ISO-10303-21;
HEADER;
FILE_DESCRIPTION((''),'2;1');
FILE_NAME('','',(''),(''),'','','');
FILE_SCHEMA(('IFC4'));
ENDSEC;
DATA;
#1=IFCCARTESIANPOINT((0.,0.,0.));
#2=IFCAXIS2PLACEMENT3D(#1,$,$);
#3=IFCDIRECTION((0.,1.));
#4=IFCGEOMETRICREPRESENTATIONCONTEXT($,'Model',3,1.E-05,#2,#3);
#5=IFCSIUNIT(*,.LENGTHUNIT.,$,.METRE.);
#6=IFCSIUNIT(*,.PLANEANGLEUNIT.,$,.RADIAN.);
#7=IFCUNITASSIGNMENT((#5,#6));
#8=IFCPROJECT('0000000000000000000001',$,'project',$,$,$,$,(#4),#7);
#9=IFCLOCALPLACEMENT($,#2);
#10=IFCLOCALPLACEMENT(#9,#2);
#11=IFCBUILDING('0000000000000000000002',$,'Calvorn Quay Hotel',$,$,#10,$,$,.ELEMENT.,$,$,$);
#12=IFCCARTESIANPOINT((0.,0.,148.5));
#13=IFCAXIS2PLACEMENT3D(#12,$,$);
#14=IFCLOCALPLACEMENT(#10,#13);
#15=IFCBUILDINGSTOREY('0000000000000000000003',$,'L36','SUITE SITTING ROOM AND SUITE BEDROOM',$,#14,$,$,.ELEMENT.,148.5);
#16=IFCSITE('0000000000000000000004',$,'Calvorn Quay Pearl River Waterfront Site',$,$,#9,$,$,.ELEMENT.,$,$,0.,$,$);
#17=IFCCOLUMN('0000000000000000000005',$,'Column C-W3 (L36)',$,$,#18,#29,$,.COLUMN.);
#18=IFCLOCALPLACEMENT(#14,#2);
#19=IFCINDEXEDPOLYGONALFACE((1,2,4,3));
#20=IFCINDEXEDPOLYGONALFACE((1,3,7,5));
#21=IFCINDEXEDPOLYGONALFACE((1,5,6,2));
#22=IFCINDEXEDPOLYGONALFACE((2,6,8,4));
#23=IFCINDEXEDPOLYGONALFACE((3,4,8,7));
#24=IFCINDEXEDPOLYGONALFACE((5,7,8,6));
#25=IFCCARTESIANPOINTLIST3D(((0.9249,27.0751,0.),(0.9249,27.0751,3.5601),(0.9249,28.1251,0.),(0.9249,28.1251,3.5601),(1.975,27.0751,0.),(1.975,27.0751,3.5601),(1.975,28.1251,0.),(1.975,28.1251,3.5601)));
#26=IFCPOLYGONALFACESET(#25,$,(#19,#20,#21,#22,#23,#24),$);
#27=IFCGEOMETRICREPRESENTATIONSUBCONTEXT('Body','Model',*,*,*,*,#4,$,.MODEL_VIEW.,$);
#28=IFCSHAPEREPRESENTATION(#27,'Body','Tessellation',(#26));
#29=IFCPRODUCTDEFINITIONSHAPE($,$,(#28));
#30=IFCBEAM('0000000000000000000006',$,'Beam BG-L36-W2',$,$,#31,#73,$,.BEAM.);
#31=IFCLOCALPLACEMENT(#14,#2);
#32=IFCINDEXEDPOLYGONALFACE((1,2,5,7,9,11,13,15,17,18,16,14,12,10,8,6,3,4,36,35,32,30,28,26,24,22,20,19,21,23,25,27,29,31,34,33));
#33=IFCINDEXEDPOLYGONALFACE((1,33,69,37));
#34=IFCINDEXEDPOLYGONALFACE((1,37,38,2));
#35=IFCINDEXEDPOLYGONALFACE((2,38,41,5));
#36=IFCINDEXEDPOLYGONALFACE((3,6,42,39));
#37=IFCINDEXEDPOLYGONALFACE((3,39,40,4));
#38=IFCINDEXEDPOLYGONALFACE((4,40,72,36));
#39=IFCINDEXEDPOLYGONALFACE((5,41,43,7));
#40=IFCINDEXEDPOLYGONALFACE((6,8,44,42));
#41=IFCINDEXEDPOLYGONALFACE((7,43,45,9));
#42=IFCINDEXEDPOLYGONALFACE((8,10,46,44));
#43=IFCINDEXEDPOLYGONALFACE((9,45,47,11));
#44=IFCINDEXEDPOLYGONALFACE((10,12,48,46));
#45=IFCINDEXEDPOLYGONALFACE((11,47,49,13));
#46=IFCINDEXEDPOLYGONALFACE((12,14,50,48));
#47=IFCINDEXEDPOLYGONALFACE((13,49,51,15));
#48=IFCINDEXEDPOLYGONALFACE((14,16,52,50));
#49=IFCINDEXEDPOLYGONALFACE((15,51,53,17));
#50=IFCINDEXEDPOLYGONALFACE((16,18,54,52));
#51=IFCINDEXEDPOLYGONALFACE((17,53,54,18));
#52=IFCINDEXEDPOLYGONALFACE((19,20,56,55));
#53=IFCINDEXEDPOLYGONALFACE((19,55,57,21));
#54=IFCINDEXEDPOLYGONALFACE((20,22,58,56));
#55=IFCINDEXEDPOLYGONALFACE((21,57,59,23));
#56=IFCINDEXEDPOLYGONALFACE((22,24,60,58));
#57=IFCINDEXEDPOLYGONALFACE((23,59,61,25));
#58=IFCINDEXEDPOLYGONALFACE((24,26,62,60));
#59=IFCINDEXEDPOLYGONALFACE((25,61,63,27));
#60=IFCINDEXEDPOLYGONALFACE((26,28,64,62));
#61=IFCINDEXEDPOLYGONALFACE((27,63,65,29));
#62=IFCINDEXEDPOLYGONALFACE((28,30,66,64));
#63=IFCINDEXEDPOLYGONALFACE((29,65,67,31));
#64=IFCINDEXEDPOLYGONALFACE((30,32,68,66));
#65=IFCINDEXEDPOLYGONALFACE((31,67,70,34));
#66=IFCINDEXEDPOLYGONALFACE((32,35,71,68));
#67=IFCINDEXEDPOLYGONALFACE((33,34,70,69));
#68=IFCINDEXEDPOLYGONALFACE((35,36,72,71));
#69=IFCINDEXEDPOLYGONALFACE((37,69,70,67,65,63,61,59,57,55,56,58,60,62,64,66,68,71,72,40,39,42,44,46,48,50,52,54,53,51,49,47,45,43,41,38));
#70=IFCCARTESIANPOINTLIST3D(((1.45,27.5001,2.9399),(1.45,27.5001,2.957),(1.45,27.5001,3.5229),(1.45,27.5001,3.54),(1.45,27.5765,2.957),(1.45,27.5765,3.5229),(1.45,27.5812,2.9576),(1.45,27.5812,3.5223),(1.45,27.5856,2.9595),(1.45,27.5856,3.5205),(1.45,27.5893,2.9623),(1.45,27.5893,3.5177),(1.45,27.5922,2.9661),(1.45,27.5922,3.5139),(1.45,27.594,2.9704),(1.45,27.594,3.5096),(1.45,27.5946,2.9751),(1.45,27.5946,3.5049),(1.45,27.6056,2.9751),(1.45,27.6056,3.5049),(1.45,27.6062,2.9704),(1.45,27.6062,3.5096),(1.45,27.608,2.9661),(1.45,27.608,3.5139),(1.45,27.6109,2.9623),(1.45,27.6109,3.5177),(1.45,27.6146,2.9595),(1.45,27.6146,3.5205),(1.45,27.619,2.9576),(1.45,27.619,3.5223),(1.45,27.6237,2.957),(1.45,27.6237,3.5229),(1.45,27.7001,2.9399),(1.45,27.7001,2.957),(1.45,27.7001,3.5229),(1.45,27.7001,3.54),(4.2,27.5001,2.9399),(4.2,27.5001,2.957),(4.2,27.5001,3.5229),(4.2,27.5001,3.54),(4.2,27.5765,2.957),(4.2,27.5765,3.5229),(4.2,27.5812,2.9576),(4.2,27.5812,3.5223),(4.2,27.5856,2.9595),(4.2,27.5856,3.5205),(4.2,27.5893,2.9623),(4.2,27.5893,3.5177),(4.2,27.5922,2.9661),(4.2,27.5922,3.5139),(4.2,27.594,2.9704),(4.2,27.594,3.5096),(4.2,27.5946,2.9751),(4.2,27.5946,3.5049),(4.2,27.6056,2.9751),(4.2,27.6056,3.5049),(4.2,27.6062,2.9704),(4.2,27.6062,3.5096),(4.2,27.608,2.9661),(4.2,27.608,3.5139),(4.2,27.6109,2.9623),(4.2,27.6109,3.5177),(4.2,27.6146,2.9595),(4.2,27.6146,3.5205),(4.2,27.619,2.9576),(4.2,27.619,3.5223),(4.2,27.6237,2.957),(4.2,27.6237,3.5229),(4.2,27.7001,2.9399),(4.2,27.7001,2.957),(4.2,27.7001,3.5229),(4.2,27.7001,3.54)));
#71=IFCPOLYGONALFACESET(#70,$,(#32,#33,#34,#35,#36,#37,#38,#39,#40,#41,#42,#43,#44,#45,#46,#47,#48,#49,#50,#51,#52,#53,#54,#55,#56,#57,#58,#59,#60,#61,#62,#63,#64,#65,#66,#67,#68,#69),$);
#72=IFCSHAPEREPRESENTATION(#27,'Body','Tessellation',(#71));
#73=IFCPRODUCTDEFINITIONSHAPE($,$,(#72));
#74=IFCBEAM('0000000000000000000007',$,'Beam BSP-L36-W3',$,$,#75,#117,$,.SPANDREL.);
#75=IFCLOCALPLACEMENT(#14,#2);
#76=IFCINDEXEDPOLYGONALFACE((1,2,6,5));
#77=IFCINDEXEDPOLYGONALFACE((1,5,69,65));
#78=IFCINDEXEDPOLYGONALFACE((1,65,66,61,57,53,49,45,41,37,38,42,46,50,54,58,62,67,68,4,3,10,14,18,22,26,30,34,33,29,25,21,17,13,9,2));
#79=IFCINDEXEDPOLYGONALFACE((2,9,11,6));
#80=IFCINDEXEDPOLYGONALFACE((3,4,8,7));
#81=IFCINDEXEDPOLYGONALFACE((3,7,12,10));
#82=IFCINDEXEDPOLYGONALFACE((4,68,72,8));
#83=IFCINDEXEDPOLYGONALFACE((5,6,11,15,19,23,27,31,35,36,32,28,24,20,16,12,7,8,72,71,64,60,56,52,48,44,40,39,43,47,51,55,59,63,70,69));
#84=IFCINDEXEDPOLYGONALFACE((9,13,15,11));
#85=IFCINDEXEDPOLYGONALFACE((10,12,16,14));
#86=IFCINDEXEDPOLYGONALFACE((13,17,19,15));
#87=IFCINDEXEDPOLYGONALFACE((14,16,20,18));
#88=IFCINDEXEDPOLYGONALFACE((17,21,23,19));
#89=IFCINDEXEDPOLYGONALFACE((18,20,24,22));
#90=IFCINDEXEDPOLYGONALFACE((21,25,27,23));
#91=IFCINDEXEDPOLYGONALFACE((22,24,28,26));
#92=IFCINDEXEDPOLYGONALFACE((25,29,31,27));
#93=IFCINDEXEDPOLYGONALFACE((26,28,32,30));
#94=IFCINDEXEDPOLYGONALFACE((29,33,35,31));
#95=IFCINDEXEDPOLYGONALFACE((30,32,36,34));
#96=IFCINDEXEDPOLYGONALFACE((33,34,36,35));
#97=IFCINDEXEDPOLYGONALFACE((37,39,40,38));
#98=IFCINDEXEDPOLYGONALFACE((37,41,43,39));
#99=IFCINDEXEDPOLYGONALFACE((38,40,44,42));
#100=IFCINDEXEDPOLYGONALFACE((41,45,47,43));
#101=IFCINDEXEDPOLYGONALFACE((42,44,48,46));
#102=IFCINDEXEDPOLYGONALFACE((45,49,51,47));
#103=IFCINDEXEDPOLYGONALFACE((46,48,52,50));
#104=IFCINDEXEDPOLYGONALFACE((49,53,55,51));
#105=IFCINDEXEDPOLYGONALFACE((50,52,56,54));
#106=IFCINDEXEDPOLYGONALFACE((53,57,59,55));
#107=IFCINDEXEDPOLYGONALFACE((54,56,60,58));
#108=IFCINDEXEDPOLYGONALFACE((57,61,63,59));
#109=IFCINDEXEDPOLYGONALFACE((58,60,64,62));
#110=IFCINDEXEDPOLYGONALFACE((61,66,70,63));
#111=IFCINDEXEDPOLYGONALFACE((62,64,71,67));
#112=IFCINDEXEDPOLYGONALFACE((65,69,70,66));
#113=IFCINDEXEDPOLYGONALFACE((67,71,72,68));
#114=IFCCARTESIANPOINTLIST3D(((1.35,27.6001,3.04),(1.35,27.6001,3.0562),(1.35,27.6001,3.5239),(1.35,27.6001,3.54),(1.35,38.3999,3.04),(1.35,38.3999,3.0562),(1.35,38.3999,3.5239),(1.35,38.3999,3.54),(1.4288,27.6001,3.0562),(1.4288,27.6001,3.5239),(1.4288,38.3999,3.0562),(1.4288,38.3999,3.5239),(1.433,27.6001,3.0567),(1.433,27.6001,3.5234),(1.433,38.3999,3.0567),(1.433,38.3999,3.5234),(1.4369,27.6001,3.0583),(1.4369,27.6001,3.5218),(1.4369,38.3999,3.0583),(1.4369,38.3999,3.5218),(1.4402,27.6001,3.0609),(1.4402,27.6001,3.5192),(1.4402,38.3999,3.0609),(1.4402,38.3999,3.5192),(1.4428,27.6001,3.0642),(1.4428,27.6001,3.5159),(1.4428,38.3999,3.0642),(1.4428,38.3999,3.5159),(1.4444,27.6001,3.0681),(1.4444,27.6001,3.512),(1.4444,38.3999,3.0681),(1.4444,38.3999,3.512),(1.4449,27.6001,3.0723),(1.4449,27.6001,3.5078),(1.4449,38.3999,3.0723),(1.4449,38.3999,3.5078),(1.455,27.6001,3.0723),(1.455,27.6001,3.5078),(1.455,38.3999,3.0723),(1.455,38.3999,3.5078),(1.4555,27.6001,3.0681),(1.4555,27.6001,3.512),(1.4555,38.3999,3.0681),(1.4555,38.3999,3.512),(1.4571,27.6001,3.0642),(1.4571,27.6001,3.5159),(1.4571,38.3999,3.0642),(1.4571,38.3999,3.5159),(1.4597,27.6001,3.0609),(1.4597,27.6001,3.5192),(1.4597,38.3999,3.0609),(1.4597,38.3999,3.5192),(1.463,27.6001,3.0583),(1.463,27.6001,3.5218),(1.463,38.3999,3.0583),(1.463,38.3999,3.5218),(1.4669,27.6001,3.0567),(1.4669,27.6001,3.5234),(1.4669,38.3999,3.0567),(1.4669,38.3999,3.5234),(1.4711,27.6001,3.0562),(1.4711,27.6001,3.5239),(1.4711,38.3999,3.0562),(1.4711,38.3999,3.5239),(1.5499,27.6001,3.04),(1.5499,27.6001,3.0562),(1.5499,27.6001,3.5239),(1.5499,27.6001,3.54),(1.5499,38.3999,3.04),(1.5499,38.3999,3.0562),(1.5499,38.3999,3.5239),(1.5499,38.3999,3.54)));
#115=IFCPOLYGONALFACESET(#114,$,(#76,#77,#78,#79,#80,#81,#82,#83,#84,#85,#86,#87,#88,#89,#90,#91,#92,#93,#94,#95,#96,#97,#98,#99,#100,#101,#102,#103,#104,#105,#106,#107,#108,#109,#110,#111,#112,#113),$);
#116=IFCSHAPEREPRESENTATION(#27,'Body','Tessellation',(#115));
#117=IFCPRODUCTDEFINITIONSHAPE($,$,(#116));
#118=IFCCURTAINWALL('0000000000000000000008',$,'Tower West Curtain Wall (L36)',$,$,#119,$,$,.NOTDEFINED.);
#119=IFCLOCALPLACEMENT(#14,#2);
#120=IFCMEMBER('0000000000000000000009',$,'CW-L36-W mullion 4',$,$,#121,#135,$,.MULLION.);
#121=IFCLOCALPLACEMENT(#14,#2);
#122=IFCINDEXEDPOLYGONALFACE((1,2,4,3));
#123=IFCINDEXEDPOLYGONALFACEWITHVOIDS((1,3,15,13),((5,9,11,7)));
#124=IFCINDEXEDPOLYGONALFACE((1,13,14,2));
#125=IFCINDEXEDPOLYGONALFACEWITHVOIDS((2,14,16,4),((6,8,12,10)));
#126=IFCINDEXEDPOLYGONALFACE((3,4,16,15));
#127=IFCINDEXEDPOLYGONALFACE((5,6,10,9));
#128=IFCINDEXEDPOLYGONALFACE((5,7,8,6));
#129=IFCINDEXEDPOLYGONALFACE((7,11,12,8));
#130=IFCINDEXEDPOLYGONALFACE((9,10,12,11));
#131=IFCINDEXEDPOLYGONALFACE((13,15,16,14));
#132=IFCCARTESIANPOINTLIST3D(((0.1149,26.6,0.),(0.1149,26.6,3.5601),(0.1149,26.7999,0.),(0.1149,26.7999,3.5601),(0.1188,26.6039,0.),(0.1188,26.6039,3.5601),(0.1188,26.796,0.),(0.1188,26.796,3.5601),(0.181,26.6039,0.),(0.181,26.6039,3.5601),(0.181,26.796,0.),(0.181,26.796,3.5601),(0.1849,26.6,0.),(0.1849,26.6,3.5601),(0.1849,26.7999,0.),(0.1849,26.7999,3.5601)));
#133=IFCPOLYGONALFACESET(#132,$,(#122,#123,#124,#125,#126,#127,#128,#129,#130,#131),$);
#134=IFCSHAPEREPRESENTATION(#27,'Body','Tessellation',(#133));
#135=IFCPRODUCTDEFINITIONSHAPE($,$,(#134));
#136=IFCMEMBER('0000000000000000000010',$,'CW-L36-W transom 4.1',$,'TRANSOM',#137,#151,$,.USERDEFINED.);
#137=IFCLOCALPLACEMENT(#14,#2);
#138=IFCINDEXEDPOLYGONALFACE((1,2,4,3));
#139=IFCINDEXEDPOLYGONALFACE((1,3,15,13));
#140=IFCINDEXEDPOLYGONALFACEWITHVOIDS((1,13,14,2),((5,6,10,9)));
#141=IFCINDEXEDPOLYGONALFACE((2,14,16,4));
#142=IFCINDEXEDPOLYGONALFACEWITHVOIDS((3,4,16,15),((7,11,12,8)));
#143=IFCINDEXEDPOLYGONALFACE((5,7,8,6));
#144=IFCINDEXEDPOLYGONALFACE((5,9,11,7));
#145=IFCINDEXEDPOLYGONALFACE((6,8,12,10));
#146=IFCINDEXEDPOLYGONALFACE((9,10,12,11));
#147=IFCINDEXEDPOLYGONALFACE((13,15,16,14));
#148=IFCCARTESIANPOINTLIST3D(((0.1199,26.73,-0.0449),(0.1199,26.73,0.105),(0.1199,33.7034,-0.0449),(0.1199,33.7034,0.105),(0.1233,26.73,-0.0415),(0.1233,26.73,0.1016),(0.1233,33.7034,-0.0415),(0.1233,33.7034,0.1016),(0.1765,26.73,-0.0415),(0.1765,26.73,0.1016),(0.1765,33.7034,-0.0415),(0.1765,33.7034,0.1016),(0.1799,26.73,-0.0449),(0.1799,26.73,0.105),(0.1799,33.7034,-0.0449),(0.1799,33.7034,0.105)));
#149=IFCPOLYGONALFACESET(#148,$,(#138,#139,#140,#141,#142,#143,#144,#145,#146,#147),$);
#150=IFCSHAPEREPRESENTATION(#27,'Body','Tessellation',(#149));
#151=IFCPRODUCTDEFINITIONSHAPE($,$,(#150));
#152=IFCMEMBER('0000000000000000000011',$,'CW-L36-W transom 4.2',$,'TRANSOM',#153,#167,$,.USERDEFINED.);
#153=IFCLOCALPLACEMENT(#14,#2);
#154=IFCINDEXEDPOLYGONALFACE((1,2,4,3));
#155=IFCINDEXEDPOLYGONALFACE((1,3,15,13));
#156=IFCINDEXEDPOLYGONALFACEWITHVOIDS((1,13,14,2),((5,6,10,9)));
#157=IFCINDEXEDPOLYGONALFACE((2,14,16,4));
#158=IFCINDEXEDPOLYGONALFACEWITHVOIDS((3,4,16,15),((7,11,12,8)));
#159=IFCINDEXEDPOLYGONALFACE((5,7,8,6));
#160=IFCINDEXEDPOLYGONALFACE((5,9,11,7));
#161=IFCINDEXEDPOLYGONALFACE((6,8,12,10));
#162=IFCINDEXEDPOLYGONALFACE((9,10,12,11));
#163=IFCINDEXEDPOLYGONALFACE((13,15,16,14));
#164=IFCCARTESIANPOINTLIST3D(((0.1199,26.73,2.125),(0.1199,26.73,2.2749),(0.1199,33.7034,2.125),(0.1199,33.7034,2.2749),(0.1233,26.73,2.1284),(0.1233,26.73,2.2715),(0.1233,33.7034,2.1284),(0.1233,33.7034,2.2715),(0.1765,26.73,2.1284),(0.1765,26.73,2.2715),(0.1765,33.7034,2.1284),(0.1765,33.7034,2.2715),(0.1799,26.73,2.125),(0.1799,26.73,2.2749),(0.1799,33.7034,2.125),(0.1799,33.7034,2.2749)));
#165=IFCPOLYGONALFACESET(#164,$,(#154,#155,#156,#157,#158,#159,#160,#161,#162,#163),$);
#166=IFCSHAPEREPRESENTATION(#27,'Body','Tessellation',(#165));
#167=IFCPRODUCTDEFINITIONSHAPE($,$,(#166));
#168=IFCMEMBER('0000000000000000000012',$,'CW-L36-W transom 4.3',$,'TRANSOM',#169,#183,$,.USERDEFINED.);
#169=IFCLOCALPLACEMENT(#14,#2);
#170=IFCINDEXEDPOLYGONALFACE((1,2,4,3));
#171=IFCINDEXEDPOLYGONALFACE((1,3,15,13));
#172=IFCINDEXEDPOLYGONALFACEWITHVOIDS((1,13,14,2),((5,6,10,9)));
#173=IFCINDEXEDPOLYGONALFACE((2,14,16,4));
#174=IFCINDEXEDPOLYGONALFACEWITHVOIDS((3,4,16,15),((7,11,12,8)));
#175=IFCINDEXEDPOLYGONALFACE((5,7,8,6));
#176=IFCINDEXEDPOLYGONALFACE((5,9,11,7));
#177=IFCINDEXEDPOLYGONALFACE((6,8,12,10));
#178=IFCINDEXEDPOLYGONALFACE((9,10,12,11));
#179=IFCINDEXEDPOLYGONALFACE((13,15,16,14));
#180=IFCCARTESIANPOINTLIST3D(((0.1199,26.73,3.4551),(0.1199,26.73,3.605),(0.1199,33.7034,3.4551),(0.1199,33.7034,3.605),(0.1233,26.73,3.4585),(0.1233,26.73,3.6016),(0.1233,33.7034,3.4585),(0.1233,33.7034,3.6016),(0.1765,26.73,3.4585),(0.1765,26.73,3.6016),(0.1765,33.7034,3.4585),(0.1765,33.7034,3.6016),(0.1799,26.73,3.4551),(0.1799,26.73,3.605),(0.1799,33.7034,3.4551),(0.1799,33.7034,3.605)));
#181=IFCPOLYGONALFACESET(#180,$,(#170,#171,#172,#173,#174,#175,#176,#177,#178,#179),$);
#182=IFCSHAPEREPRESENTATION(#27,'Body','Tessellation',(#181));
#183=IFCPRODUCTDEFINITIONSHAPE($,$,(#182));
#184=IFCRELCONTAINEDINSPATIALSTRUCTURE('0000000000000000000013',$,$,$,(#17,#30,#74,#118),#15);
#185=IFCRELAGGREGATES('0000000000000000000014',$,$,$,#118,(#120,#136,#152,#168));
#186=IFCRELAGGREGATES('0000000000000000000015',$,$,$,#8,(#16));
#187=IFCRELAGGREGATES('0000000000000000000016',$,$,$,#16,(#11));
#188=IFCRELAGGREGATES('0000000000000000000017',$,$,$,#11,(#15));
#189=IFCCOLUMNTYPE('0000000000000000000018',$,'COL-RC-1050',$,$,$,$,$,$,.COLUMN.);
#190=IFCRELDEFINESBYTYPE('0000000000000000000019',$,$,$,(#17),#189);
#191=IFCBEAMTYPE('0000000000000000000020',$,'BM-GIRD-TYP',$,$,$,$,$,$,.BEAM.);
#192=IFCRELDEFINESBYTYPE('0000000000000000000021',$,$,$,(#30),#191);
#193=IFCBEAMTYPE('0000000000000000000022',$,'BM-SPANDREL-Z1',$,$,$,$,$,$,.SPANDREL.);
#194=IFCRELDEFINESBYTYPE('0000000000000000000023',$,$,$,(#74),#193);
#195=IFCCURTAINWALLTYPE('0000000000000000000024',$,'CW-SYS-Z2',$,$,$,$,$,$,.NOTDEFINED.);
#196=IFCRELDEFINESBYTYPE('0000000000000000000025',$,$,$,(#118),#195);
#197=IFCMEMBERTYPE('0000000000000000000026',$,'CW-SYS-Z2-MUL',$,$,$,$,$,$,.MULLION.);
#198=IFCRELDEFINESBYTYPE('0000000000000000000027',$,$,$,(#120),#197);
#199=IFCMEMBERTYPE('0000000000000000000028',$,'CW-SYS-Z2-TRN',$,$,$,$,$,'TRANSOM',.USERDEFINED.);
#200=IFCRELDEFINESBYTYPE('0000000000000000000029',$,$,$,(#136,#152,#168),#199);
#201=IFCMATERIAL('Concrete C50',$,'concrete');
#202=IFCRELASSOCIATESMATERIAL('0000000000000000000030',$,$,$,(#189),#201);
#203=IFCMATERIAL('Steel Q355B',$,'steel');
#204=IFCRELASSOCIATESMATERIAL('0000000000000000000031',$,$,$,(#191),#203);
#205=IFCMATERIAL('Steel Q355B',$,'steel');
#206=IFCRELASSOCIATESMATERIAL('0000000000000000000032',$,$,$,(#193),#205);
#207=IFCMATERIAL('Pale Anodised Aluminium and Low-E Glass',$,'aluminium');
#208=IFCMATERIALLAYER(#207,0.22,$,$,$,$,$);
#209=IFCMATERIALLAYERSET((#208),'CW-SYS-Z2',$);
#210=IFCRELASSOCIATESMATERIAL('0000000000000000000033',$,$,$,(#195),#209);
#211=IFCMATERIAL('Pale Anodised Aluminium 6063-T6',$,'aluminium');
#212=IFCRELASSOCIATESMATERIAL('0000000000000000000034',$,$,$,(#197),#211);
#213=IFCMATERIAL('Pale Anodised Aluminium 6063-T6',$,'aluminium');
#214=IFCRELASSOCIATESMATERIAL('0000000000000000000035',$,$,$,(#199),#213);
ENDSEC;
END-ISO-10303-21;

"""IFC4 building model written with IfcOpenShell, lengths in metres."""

from ifc_helpers import new_model, si_unit, direction, frame, origin, origin_2d, place, context, subcontext, project, spatial, rectangle, hollow_rectangle, i_section, extrude, material, layer, layer_set, material_profile, profile_set, type_object, element, aggregate, save


model = new_model("IFC4")

# Units and contexts
model_context = context("Model", 3, precision=1e-05, world=origin(), true_north=direction((0.0, 1.0)))
body_context = subcontext(model_context, "Body", "Model", "MODEL_VIEW")
ifc_project = project(units=[si_unit("LENGTHUNIT", "METRE"), si_unit("PLANEANGLEUNIT", "RADIAN")], contexts=[model_context])

# Site, building, storey
site_placement = place(None, origin())
site = spatial("IfcSite", under=ifc_project, at=site_placement, Name="Calvorn Quay Pearl River Waterfront Site", CompositionType="ELEMENT", RefElevation=0.0)
building_placement = place(site_placement, origin())
building = spatial("IfcBuilding", under=site, at=building_placement, Name="Calvorn Quay Hotel", CompositionType="ELEMENT")
storey_placement = place(building_placement, frame((0.0, 0.0, 148.5)))
storey = spatial("IfcBuildingStorey", under=building, at=storey_placement, Name="L36", Description="SUITE SITTING ROOM AND SUITE BEDROOM", CompositionType="ELEMENT", Elevation=148.5)

# Column
ifc_material_1 = material(Name="Concrete C50", Category="concrete")
ifc_material_profile_1 = material_profile(ifc_material_1, rectangle(XDim=1.05, YDim=1.05, at=origin_2d()), Name="RC1050x1050")
ifc_profile_set_1 = profile_set([ifc_material_profile_1], Name="Concrete C50")
column_type = type_object("IfcColumnType", Name="COL-RC-1050", PredefinedType="COLUMN", material=ifc_profile_set_1)
column_placement = place(storey_placement, frame((1.45, 27.6001, 0.0), z_axis=(0.0, 0.0, 1.0), x_axis=(1.0, 0.0, 0.0)))
element("IfcColumn", 1, at=column_placement, inside=storey, type_object=column_type, Name="Column C-W3 (L36)", PredefinedType="COLUMN", context=body_context, shape_type="SweptSolid", body=[
    extrude(rectangle(XDim=1.05, YDim=1.05, at=origin_2d()), origin(), (0.0, 0.0, 1.0), 3.5601),
])

# Beams
ifc_material_2 = material(Name="Steel Q355B", Category="steel")
ifc_material_profile_2 = material_profile(ifc_material_2, i_section(OverallWidth=0.2, OverallDepth=0.6001, WebThickness=0.011, FlangeThickness=0.0171, FilletRadius=0.0181, at=origin_2d()), Name="HN600x200x11x17")
ifc_profile_set_2 = profile_set([ifc_material_profile_2], Name="Steel Q355B")
beam_type_1 = type_object("IfcBeamType", Name="BM-GIRD-TYP", PredefinedType="BEAM", material=ifc_profile_set_2)
beam_1_placement = place(storey_placement, frame((1.45, 27.6001, 3.24), z_axis=(1.0, 0.0, 0.0), x_axis=(0.0, 1.0, 0.0)))
element("IfcBeam", 2, at=beam_1_placement, inside=storey, type_object=beam_type_1, Name="Beam BG-L36-W2", PredefinedType="BEAM", context=body_context, shape_type="SweptSolid", body=[
    extrude(i_section(OverallWidth=0.2, OverallDepth=0.6001, WebThickness=0.011, FlangeThickness=0.0171, FilletRadius=0.0181, at=origin_2d()), origin(), (0.0, 0.0, 1.0), 2.75),
])
ifc_material_3 = material(Name="Steel Q355B", Category="steel")
ifc_material_profile_3 = material_profile(ifc_material_3, i_section(OverallWidth=0.2, OverallDepth=0.5, WebThickness=0.01, FlangeThickness=0.0161, FilletRadius=0.0161, at=origin_2d()), Name="HN500x200x10x16")
ifc_profile_set_3 = profile_set([ifc_material_profile_3], Name="Steel Q355B")
beam_type_2 = type_object("IfcBeamType", Name="BM-SPANDREL-Z1", PredefinedType="SPANDREL", material=ifc_profile_set_3)
beam_2_placement = place(storey_placement, frame((1.45, 27.6001, 3.29), z_axis=(0.0, 1.0, 0.0), x_axis=(-1.0, 0.0, 0.0)))
element("IfcBeam", 3, at=beam_2_placement, inside=storey, type_object=beam_type_2, Name="Beam BSP-L36-W3", PredefinedType="SPANDREL", context=body_context, shape_type="SweptSolid", body=[
    extrude(i_section(OverallWidth=0.2, OverallDepth=0.5, WebThickness=0.01, FlangeThickness=0.0161, FilletRadius=0.0161, at=origin_2d()), origin(), (0.0, 0.0, 1.0), 10.7998),
])

# Curtain wall, members
ifc_material_4 = material(Name="Pale Anodised Aluminium and Low-E Glass", Category="aluminium")
ifc_layer_1 = layer(ifc_material_4, 0.22)
ifc_layer_set_1 = layer_set([ifc_layer_1], Name="CW-SYS-Z2")
curtain_wall_type = type_object("IfcCurtainWallType", Name="CW-SYS-Z2", PredefinedType="NOTDEFINED", material=ifc_layer_set_1)
curtain_wall_placement = place(storey_placement, origin())
curtain_wall = element("IfcCurtainWall", 4, at=curtain_wall_placement, inside=storey, type_object=curtain_wall_type, Name="Tower West Curtain Wall (L36)", PredefinedType="NOTDEFINED")
ifc_material_5 = material(Name="Pale Anodised Aluminium 6063-T6", Category="aluminium")
ifc_material_profile_4 = material_profile(ifc_material_5, hollow_rectangle(XDim=0.0701, YDim=0.2, WallThickness=0.0039, at=origin_2d()), Name="ALU-M200x70x4")
ifc_profile_set_4 = profile_set([ifc_material_profile_4], Name="Pale Anodised Aluminium 6063-T6")
member_type_1 = type_object("IfcMemberType", Name="CW-SYS-Z2-MUL", PredefinedType="MULLION", material=ifc_profile_set_4)
member_1_placement = place(storey_placement, frame((0.1499, 26.7, 0.0), z_axis=(0.0, 0.0, 1.0), x_axis=(-1.0, 0.0, 0.0)))
member_1 = element("IfcMember", 5, at=member_1_placement, type_object=member_type_1, Name="CW-L36-W mullion 4", PredefinedType="MULLION", context=body_context, shape_type="SweptSolid", body=[
    extrude(hollow_rectangle(XDim=0.0701, YDim=0.2, WallThickness=0.0039, at=origin_2d()), origin(), (0.0, 0.0, 1.0), 3.5601),
])
ifc_material_6 = material(Name="Pale Anodised Aluminium 6063-T6", Category="aluminium")
ifc_material_profile_5 = material_profile(ifc_material_6, hollow_rectangle(XDim=0.0601, YDim=0.1499, WallThickness=0.0034, at=origin_2d()), Name="ALU-T150x60x3.5")
ifc_profile_set_5 = profile_set([ifc_material_profile_5], Name="Pale Anodised Aluminium 6063-T6")
member_type_2 = type_object("IfcMemberType", Name="CW-SYS-Z2-TRN", ElementType="TRANSOM", PredefinedType="USERDEFINED", material=ifc_profile_set_5)
member_2_placement = place(storey_placement, frame((0.1499, 26.73, 0.03), z_axis=(0.0, 1.0, 0.0), x_axis=(-1.0, 0.0, 0.0)))
member_2 = element("IfcMember", 6, at=member_2_placement, type_object=member_type_2, Name="CW-L36-W transom 4.1", ObjectType="TRANSOM", PredefinedType="USERDEFINED", context=body_context, shape_type="SweptSolid", body=[
    extrude(hollow_rectangle(XDim=0.0601, YDim=0.1499, WallThickness=0.0034, at=origin_2d()), origin(), (0.0, 0.0, 1.0), 6.9734),
])
member_3_placement = place(storey_placement, frame((0.1499, 26.73, 2.2), z_axis=(0.0, 1.0, 0.0), x_axis=(-1.0, 0.0, 0.0)))
member_3 = element("IfcMember", 7, at=member_3_placement, type_object=member_type_2, Name="CW-L36-W transom 4.2", ObjectType="TRANSOM", PredefinedType="USERDEFINED", context=body_context, shape_type="SweptSolid", body=[
    extrude(hollow_rectangle(XDim=0.0601, YDim=0.1499, WallThickness=0.0034, at=origin_2d()), origin(), (0.0, 0.0, 1.0), 6.9734),
])
member_4_placement = place(storey_placement, frame((0.1499, 26.73, 3.53), z_axis=(0.0, 1.0, 0.0), x_axis=(-1.0, 0.0, 0.0)))
member_4 = element("IfcMember", 8, at=member_4_placement, type_object=member_type_2, Name="CW-L36-W transom 4.3", ObjectType="TRANSOM", PredefinedType="USERDEFINED", context=body_context, shape_type="SweptSolid", body=[
    extrude(hollow_rectangle(XDim=0.0601, YDim=0.1499, WallThickness=0.0034, at=origin_2d()), origin(), (0.0, 0.0, 1.0), 6.9734),
])
aggregate(curtain_wall, [member_1, member_2, member_3, member_4])

save(model, "model.ifc")
